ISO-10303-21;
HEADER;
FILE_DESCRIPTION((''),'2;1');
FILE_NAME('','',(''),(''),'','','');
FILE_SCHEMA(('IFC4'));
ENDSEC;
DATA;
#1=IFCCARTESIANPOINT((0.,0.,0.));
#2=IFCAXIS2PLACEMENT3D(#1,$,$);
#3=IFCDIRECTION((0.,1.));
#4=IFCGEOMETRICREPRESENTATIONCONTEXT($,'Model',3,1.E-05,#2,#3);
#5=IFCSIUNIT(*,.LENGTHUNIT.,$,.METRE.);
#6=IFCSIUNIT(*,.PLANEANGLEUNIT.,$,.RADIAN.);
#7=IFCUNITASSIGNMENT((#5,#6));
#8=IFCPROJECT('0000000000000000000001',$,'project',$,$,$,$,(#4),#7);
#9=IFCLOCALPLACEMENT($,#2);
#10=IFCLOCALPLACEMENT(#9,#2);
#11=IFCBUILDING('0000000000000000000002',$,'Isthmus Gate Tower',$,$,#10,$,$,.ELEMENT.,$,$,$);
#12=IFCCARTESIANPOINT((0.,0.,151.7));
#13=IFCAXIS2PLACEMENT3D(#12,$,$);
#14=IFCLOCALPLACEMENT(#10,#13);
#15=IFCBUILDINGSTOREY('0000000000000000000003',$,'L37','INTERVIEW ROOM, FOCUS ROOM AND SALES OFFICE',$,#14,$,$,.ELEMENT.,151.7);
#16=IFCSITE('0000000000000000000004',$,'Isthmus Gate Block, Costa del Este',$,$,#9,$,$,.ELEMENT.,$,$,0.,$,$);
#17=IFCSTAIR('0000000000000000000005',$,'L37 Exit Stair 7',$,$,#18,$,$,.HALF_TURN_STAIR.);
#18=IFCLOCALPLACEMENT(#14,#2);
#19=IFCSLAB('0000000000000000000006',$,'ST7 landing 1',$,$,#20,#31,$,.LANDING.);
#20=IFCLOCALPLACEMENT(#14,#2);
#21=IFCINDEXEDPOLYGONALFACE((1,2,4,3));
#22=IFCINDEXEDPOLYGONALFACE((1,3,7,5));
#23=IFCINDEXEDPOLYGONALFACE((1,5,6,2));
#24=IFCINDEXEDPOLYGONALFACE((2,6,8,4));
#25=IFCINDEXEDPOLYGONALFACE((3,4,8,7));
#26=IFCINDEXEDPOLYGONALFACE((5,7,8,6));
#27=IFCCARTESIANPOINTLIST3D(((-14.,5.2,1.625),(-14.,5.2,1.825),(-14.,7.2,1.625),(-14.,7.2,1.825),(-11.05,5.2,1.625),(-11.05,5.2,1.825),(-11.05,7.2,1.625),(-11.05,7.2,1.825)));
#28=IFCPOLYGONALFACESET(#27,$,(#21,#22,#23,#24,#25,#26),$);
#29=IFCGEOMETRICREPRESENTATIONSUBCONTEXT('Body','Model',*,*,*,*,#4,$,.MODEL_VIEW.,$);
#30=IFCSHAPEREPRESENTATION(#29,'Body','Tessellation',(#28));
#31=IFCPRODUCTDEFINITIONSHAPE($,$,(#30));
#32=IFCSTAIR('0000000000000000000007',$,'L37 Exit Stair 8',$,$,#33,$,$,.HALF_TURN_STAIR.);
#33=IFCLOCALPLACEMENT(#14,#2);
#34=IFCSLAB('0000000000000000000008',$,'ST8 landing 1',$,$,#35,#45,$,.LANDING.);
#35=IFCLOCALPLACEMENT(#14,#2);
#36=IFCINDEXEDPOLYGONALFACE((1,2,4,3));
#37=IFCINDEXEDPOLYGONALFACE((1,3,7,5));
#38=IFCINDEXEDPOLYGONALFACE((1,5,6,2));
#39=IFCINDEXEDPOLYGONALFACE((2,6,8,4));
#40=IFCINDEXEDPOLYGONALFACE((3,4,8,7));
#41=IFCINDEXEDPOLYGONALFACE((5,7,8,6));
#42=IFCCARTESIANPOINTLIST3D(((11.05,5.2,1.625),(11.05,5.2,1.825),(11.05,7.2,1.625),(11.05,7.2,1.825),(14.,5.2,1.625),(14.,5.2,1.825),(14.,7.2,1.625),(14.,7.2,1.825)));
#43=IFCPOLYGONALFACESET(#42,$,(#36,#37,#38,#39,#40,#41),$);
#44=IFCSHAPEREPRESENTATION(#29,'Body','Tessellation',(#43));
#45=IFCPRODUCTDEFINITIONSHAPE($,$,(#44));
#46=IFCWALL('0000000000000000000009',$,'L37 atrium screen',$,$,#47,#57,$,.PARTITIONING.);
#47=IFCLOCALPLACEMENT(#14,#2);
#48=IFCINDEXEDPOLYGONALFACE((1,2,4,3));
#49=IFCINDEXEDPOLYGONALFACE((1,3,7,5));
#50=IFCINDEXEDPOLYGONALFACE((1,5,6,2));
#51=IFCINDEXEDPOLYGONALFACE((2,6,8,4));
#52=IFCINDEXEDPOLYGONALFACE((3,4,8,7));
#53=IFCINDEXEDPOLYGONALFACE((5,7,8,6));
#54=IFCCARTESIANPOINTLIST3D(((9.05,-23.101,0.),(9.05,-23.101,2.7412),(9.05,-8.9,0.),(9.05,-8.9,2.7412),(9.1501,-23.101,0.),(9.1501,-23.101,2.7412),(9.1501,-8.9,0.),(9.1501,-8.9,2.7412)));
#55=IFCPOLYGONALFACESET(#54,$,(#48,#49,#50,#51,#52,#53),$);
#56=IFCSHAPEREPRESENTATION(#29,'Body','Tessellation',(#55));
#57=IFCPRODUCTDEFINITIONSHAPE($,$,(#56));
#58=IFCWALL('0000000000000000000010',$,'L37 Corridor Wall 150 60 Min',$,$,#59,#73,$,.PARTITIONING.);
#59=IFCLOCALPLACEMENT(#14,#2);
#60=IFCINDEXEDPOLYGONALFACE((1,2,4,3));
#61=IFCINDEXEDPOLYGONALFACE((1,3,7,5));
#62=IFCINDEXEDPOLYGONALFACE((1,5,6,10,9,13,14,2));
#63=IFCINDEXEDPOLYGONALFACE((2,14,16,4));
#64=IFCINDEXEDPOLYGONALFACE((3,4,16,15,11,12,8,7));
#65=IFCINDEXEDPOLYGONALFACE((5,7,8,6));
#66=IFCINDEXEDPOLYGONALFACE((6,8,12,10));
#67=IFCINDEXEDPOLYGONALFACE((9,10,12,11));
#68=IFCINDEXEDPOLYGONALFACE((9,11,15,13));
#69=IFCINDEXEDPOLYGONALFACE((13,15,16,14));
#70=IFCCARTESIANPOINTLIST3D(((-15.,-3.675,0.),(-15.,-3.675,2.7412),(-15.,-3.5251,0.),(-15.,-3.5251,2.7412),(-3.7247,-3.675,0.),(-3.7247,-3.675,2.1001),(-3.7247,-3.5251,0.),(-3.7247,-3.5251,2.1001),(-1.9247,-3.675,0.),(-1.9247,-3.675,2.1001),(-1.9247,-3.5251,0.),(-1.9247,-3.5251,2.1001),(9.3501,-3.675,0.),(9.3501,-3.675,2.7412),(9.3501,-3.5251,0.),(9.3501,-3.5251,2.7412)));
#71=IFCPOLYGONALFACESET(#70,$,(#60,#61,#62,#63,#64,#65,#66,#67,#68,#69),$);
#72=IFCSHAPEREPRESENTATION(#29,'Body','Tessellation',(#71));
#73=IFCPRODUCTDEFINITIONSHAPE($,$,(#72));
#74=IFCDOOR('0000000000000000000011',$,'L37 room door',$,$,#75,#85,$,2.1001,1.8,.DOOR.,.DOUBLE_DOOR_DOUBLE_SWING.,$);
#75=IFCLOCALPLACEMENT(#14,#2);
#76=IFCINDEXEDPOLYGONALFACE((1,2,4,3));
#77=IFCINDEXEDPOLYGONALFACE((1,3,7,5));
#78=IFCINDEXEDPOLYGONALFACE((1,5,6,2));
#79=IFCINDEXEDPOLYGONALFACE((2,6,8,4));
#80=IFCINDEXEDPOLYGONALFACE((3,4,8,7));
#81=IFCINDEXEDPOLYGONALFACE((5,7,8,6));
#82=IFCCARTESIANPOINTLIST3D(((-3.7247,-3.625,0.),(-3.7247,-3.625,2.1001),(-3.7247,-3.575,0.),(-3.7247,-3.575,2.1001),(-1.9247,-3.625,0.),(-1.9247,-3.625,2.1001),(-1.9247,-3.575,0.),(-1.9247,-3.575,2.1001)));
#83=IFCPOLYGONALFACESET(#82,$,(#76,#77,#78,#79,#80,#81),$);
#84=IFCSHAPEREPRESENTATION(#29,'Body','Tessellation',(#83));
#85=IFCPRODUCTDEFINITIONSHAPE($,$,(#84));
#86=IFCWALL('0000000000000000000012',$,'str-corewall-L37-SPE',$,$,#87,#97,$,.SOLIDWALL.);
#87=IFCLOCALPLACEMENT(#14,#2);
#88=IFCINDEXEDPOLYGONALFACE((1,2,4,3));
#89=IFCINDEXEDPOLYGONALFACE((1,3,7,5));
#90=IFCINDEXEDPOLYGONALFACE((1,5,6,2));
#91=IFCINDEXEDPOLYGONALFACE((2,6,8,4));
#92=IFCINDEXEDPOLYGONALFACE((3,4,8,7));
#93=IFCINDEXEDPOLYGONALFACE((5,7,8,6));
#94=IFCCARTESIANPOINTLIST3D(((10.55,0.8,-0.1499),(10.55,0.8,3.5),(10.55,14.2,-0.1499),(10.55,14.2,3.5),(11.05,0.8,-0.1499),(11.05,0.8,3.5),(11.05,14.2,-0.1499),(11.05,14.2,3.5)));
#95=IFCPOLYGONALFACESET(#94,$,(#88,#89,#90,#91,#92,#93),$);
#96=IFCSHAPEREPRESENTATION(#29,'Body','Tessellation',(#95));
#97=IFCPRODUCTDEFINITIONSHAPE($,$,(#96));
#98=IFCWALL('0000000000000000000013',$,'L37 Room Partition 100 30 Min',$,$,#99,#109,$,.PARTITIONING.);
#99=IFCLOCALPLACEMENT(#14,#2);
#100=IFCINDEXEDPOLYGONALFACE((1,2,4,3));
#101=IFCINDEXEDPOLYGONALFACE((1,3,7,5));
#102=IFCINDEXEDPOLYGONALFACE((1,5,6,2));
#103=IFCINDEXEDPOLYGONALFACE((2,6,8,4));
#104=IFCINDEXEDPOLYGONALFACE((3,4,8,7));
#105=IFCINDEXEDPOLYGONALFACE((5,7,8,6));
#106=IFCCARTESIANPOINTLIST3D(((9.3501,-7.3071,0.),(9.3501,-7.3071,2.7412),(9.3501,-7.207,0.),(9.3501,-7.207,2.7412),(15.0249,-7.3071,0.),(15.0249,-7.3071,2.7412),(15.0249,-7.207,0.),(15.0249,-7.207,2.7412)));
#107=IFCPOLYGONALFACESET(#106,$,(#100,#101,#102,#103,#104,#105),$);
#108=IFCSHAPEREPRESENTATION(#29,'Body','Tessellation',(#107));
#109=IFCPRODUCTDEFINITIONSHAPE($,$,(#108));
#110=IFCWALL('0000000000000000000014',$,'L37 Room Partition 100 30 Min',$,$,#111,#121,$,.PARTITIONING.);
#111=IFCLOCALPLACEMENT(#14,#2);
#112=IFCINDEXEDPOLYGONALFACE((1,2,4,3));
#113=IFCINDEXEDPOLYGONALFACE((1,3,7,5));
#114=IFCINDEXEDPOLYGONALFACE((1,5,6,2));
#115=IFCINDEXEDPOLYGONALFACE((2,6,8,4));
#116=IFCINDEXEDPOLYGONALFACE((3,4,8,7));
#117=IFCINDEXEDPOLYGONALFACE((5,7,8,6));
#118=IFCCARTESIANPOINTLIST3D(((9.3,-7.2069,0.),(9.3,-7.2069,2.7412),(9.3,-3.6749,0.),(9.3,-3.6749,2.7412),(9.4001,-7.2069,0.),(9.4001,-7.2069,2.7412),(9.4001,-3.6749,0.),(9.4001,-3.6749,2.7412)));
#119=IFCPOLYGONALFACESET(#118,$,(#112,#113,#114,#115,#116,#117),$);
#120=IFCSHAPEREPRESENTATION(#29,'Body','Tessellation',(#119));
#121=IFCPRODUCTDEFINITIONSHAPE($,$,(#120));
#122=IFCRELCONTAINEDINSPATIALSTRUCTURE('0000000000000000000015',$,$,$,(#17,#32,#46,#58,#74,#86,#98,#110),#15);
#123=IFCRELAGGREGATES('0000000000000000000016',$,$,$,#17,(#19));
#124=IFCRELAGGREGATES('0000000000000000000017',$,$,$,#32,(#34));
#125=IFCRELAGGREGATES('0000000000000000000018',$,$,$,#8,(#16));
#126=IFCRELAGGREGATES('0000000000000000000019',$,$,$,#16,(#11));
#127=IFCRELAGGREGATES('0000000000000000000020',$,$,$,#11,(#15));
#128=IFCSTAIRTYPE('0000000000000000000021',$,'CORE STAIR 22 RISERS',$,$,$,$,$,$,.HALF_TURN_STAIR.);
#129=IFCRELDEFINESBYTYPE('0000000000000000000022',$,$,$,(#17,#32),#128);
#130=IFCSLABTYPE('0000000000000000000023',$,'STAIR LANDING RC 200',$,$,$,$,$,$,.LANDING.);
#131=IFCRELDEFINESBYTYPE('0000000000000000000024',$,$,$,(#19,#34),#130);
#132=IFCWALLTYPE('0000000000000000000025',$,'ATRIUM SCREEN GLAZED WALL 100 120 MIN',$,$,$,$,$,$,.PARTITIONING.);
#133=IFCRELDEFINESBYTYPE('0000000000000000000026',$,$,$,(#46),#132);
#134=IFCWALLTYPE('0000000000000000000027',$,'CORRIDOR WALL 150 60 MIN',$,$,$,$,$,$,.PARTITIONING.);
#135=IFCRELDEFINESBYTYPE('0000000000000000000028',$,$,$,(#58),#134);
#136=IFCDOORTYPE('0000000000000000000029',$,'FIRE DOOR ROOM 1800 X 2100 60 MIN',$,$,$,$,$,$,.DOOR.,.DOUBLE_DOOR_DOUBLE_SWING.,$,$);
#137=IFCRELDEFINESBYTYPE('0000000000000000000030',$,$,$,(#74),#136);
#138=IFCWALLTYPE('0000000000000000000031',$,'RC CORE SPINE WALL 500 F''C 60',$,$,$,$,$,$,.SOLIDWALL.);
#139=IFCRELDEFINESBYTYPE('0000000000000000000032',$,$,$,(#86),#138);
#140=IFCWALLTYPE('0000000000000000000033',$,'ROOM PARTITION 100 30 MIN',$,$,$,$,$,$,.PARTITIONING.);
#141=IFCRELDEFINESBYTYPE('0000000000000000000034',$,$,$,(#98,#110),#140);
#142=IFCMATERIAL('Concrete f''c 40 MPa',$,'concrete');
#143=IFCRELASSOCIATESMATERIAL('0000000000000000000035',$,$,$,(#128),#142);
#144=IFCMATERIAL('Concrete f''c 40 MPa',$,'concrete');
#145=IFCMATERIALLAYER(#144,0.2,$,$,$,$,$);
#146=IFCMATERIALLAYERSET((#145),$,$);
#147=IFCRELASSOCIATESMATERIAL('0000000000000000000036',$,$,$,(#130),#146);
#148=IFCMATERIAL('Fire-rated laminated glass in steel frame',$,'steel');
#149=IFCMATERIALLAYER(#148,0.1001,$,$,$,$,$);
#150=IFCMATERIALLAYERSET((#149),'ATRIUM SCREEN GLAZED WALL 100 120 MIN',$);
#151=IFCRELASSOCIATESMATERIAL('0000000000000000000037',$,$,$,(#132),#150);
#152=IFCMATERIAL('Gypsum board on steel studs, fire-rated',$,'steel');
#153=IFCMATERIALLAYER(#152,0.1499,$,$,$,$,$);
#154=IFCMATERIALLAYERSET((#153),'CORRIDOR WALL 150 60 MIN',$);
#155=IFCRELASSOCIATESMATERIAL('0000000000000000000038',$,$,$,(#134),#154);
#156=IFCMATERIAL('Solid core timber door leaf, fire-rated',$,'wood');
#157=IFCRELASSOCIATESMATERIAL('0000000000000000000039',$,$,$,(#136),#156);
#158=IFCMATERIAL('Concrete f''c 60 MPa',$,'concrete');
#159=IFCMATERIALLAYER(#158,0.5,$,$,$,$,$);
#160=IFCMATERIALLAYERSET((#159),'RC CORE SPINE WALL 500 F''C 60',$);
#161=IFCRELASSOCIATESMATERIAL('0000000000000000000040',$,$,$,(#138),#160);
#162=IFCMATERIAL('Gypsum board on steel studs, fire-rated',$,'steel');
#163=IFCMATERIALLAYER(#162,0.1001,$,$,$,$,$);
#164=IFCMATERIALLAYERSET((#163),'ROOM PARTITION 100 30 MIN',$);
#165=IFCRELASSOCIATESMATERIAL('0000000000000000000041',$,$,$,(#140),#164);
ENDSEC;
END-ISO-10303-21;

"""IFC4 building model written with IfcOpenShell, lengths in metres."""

from ifc_helpers import new_model, si_unit, direction, frame, frame_2d, origin, place, context, subcontext, project, spatial, polyline, rectangle, outline, extrude, material, layer, layer_set, type_object, element, fill, aggregate, save


model = new_model("IFC4")

# Units and contexts
model_context = context("Model", 3, precision=1e-05, world=origin(), true_north=direction((0.0, 1.0)))
body_context = subcontext(model_context, "Body", "Model", "MODEL_VIEW")
ifc_project = project(units=[si_unit("LENGTHUNIT", "METRE"), si_unit("PLANEANGLEUNIT", "RADIAN")], contexts=[model_context])

# Site, building, storey
site_placement = place(None, origin())
site = spatial("IfcSite", under=ifc_project, at=site_placement, Name="Isthmus Gate Block, Costa del Este", CompositionType="ELEMENT", RefElevation=0.0)
building_placement = place(site_placement, origin())
building = spatial("IfcBuilding", under=site, at=building_placement, Name="Isthmus Gate Tower", CompositionType="ELEMENT")
storey_placement = place(building_placement, frame((0.0, 0.0, 151.7)))
storey = spatial("IfcBuildingStorey", under=building, at=storey_placement, Name="L37", Description="INTERVIEW ROOM, FOCUS ROOM AND SALES OFFICE", CompositionType="ELEMENT", Elevation=151.7)

# Stairs, slabs
ifc_material_1 = material(Name="Concrete f'c 40 MPa", Category="concrete")
stair_type = type_object("IfcStairType", Name="CORE STAIR 22 RISERS", PredefinedType="HALF_TURN_STAIR", material=ifc_material_1)
ifc_material_2 = material(Name="Concrete f'c 40 MPa", Category="concrete")
ifc_layer_1 = layer(ifc_material_2, 0.2)
ifc_layer_set_1 = layer_set([ifc_layer_1])
slab_type_1 = type_object("IfcSlabType", Name="STAIR LANDING RC 200", PredefinedType="LANDING", material=ifc_layer_set_1)
stair_1_placement = place(storey_placement, origin())
stair_1 = element("IfcStair", 1, at=stair_1_placement, inside=storey, type_object=stair_type, Name="L37 Exit Stair 7", PredefinedType="HALF_TURN_STAIR")
slab_1_placement = place(storey_placement, frame((0.0, 0.0, 1.625)))
slab_1 = element("IfcSlab", 2, at=slab_1_placement, type_object=slab_type_1, Name="ST7 landing 1", PredefinedType="LANDING", context=body_context, shape_type="SweptSolid", body=[
    extrude(outline(polyline([(-11.05, 5.2), (-11.05, 7.2), (-14.0, 7.2), (-14.0, 5.2), (-11.05, 5.2)])), origin(), (0.0, 0.0, 1.0), 0.2),
])
aggregate(stair_1, [slab_1])
stair_2_placement = place(storey_placement, origin())
stair_2 = element("IfcStair", 3, at=stair_2_placement, inside=storey, type_object=stair_type, Name="L37 Exit Stair 8", PredefinedType="HALF_TURN_STAIR")
slab_2_placement = place(storey_placement, frame((0.0, 0.0, 1.625)))
slab_2 = element("IfcSlab", 4, at=slab_2_placement, type_object=slab_type_1, Name="ST8 landing 1", PredefinedType="LANDING", context=body_context, shape_type="SweptSolid", body=[
    extrude(outline(polyline([(14.0, 5.2), (14.0, 7.2), (11.05, 7.2), (11.05, 5.2), (14.0, 5.2)])), origin(), (0.0, 0.0, 1.0), 0.2),
])
aggregate(stair_2, [slab_2])

# Wall
ifc_material_3 = material(Name="Fire-rated laminated glass in steel frame", Category="steel")
ifc_layer_2 = layer(ifc_material_3, 0.1001)
ifc_layer_set_2 = layer_set([ifc_layer_2], Name="ATRIUM SCREEN GLAZED WALL 100 120 MIN")
wall_type_1 = type_object("IfcWallType", Name="ATRIUM SCREEN GLAZED WALL 100 120 MIN", PredefinedType="PARTITIONING", material=ifc_layer_set_2)
wall_1_placement = place(storey_placement, frame((9.1001, -8.8999, 0.0), z_axis=(0.0, 0.0, 1.0), x_axis=(0.0, -1.0, 0.0)))
element("IfcWall", 5, at=wall_1_placement, inside=storey, type_object=wall_type_1, Name="L37 atrium screen", PredefinedType="PARTITIONING", context=body_context, shape_type="SweptSolid", body=[
    extrude(rectangle(XDim=14.2009, YDim=0.1001, at=frame_2d((7.1006, 0.0))), origin(), (0.0, 0.0, 1.0), 2.7412),
])

# Wall, opening, door
ifc_material_4 = material(Name="Gypsum board on steel studs, fire-rated", Category="steel")
ifc_layer_3 = layer(ifc_material_4, 0.1499)
ifc_layer_set_3 = layer_set([ifc_layer_3], Name="CORRIDOR WALL 150 60 MIN")
wall_type_2 = type_object("IfcWallType", Name="CORRIDOR WALL 150 60 MIN", PredefinedType="PARTITIONING", material=ifc_layer_set_3)
wall_2_placement = place(storey_placement, frame((9.3501, -3.6001, 0.0), z_axis=(0.0, 0.0, 1.0), x_axis=(-1.0, 0.0, 0.0)))
wall_2 = element("IfcWall", 6, at=wall_2_placement, inside=storey, type_object=wall_type_2, Name="L37 Corridor Wall 150 60 Min", PredefinedType="PARTITIONING", context=body_context, shape_type="SweptSolid", body=[
    extrude(rectangle(XDim=24.3501, YDim=0.1499, at=frame_2d((12.175, 0.0))), origin(), (0.0, 0.0, 1.0), 2.7412),
])
opening_placement = place(wall_2_placement, frame((11.2749, 0.0, 0.0)))
opening = element("IfcOpeningElement", 7, at=opening_placement, cuts=wall_2, PredefinedType="OPENING", context=body_context, shape_type="SweptSolid", body=[
    extrude(rectangle(XDim=1.8, YDim=2.1001, at=frame_2d((0.8999, 1.05))), frame((0.0, 0.085, 0.0), z_axis=(0.0, -1.0, 0.0), x_axis=(1.0, 0.0, 0.0)), (0.0, 0.0, 1.0), 0.1699),
])
ifc_material_5 = material(Name="Solid core timber door leaf, fire-rated", Category="wood")
door_type = type_object("IfcDoorType", Name="FIRE DOOR ROOM 1800 X 2100 60 MIN", OperationType="DOUBLE_DOOR_DOUBLE_SWING", PredefinedType="DOOR", material=ifc_material_5)
door_placement = place(opening_placement, origin())
door = element("IfcDoor", 8, at=door_placement, inside=storey, type_object=door_type, Name="L37 room door", OperationType="DOUBLE_DOOR_DOUBLE_SWING", OverallHeight=2.1001, OverallWidth=1.8, PredefinedType="DOOR", context=body_context, shape_type="SweptSolid", body=[
    extrude(rectangle(XDim=1.8, YDim=2.1001, at=frame_2d((0.8999, 1.05))), frame((0.0, 0.0249, 0.0), z_axis=(0.0, -1.0, 0.0), x_axis=(1.0, 0.0, 0.0)), (0.0, 0.0, 1.0), 0.05),
])
fill(opening, door)

# Walls
ifc_material_6 = material(Name="Concrete f'c 60 MPa", Category="concrete")
ifc_layer_4 = layer(ifc_material_6, 0.5)
ifc_layer_set_4 = layer_set([ifc_layer_4], Name="RC CORE SPINE WALL 500 F'C 60")
wall_type_3 = type_object("IfcWallType", Name="RC CORE SPINE WALL 500 F'C 60", PredefinedType="SOLIDWALL", material=ifc_layer_set_4)
wall_3_placement = place(storey_placement, frame((10.8, 0.8, -0.1499), z_axis=(0.0, 0.0, 1.0), x_axis=(0.0, 1.0, 0.0)))
element("IfcWall", 9, at=wall_3_placement, inside=storey, type_object=wall_type_3, Name="str-corewall-L37-SPE", PredefinedType="SOLIDWALL", context=body_context, shape_type="SweptSolid", body=[
    extrude(rectangle(XDim=13.3999, YDim=0.5, at=frame_2d((6.7, 0.0))), origin(), (0.0, 0.0, 1.0), 3.6499),
])
ifc_material_7 = material(Name="Gypsum board on steel studs, fire-rated", Category="steel")
ifc_layer_5 = layer(ifc_material_7, 0.1001)
ifc_layer_set_5 = layer_set([ifc_layer_5], Name="ROOM PARTITION 100 30 MIN")
wall_type_4 = type_object("IfcWallType", Name="ROOM PARTITION 100 30 MIN", PredefinedType="PARTITIONING", material=ifc_layer_set_5)
wall_4_placement = place(storey_placement, frame((9.3501, -7.2571, 0.0), z_axis=(0.0, 0.0, 1.0), x_axis=(1.0, 0.0, 0.0)))
element("IfcWall", 10, at=wall_4_placement, inside=storey, type_object=wall_type_4, Name="L37 Room Partition 100 30 Min", PredefinedType="PARTITIONING", context=body_context, shape_type="SweptSolid", body=[
    extrude(rectangle(XDim=5.6748, YDim=0.1001, at=frame_2d((2.8374, 0.0))), origin(), (0.0, 0.0, 1.0), 2.7412),
])
wall_5_placement = place(storey_placement, frame((9.3501, -7.207, 0.0), z_axis=(0.0, 0.0, 1.0), x_axis=(0.0, 1.0, 0.0)))
element("IfcWall", 11, at=wall_5_placement, inside=storey, type_object=wall_type_4, Name="L37 Room Partition 100 30 Min", PredefinedType="PARTITIONING", context=body_context, shape_type="SweptSolid", body=[
    extrude(rectangle(XDim=3.532, YDim=0.1001, at=frame_2d((1.7661, 0.0))), origin(), (0.0, 0.0, 1.0), 2.7412),
])

save(model, "model.ifc")
